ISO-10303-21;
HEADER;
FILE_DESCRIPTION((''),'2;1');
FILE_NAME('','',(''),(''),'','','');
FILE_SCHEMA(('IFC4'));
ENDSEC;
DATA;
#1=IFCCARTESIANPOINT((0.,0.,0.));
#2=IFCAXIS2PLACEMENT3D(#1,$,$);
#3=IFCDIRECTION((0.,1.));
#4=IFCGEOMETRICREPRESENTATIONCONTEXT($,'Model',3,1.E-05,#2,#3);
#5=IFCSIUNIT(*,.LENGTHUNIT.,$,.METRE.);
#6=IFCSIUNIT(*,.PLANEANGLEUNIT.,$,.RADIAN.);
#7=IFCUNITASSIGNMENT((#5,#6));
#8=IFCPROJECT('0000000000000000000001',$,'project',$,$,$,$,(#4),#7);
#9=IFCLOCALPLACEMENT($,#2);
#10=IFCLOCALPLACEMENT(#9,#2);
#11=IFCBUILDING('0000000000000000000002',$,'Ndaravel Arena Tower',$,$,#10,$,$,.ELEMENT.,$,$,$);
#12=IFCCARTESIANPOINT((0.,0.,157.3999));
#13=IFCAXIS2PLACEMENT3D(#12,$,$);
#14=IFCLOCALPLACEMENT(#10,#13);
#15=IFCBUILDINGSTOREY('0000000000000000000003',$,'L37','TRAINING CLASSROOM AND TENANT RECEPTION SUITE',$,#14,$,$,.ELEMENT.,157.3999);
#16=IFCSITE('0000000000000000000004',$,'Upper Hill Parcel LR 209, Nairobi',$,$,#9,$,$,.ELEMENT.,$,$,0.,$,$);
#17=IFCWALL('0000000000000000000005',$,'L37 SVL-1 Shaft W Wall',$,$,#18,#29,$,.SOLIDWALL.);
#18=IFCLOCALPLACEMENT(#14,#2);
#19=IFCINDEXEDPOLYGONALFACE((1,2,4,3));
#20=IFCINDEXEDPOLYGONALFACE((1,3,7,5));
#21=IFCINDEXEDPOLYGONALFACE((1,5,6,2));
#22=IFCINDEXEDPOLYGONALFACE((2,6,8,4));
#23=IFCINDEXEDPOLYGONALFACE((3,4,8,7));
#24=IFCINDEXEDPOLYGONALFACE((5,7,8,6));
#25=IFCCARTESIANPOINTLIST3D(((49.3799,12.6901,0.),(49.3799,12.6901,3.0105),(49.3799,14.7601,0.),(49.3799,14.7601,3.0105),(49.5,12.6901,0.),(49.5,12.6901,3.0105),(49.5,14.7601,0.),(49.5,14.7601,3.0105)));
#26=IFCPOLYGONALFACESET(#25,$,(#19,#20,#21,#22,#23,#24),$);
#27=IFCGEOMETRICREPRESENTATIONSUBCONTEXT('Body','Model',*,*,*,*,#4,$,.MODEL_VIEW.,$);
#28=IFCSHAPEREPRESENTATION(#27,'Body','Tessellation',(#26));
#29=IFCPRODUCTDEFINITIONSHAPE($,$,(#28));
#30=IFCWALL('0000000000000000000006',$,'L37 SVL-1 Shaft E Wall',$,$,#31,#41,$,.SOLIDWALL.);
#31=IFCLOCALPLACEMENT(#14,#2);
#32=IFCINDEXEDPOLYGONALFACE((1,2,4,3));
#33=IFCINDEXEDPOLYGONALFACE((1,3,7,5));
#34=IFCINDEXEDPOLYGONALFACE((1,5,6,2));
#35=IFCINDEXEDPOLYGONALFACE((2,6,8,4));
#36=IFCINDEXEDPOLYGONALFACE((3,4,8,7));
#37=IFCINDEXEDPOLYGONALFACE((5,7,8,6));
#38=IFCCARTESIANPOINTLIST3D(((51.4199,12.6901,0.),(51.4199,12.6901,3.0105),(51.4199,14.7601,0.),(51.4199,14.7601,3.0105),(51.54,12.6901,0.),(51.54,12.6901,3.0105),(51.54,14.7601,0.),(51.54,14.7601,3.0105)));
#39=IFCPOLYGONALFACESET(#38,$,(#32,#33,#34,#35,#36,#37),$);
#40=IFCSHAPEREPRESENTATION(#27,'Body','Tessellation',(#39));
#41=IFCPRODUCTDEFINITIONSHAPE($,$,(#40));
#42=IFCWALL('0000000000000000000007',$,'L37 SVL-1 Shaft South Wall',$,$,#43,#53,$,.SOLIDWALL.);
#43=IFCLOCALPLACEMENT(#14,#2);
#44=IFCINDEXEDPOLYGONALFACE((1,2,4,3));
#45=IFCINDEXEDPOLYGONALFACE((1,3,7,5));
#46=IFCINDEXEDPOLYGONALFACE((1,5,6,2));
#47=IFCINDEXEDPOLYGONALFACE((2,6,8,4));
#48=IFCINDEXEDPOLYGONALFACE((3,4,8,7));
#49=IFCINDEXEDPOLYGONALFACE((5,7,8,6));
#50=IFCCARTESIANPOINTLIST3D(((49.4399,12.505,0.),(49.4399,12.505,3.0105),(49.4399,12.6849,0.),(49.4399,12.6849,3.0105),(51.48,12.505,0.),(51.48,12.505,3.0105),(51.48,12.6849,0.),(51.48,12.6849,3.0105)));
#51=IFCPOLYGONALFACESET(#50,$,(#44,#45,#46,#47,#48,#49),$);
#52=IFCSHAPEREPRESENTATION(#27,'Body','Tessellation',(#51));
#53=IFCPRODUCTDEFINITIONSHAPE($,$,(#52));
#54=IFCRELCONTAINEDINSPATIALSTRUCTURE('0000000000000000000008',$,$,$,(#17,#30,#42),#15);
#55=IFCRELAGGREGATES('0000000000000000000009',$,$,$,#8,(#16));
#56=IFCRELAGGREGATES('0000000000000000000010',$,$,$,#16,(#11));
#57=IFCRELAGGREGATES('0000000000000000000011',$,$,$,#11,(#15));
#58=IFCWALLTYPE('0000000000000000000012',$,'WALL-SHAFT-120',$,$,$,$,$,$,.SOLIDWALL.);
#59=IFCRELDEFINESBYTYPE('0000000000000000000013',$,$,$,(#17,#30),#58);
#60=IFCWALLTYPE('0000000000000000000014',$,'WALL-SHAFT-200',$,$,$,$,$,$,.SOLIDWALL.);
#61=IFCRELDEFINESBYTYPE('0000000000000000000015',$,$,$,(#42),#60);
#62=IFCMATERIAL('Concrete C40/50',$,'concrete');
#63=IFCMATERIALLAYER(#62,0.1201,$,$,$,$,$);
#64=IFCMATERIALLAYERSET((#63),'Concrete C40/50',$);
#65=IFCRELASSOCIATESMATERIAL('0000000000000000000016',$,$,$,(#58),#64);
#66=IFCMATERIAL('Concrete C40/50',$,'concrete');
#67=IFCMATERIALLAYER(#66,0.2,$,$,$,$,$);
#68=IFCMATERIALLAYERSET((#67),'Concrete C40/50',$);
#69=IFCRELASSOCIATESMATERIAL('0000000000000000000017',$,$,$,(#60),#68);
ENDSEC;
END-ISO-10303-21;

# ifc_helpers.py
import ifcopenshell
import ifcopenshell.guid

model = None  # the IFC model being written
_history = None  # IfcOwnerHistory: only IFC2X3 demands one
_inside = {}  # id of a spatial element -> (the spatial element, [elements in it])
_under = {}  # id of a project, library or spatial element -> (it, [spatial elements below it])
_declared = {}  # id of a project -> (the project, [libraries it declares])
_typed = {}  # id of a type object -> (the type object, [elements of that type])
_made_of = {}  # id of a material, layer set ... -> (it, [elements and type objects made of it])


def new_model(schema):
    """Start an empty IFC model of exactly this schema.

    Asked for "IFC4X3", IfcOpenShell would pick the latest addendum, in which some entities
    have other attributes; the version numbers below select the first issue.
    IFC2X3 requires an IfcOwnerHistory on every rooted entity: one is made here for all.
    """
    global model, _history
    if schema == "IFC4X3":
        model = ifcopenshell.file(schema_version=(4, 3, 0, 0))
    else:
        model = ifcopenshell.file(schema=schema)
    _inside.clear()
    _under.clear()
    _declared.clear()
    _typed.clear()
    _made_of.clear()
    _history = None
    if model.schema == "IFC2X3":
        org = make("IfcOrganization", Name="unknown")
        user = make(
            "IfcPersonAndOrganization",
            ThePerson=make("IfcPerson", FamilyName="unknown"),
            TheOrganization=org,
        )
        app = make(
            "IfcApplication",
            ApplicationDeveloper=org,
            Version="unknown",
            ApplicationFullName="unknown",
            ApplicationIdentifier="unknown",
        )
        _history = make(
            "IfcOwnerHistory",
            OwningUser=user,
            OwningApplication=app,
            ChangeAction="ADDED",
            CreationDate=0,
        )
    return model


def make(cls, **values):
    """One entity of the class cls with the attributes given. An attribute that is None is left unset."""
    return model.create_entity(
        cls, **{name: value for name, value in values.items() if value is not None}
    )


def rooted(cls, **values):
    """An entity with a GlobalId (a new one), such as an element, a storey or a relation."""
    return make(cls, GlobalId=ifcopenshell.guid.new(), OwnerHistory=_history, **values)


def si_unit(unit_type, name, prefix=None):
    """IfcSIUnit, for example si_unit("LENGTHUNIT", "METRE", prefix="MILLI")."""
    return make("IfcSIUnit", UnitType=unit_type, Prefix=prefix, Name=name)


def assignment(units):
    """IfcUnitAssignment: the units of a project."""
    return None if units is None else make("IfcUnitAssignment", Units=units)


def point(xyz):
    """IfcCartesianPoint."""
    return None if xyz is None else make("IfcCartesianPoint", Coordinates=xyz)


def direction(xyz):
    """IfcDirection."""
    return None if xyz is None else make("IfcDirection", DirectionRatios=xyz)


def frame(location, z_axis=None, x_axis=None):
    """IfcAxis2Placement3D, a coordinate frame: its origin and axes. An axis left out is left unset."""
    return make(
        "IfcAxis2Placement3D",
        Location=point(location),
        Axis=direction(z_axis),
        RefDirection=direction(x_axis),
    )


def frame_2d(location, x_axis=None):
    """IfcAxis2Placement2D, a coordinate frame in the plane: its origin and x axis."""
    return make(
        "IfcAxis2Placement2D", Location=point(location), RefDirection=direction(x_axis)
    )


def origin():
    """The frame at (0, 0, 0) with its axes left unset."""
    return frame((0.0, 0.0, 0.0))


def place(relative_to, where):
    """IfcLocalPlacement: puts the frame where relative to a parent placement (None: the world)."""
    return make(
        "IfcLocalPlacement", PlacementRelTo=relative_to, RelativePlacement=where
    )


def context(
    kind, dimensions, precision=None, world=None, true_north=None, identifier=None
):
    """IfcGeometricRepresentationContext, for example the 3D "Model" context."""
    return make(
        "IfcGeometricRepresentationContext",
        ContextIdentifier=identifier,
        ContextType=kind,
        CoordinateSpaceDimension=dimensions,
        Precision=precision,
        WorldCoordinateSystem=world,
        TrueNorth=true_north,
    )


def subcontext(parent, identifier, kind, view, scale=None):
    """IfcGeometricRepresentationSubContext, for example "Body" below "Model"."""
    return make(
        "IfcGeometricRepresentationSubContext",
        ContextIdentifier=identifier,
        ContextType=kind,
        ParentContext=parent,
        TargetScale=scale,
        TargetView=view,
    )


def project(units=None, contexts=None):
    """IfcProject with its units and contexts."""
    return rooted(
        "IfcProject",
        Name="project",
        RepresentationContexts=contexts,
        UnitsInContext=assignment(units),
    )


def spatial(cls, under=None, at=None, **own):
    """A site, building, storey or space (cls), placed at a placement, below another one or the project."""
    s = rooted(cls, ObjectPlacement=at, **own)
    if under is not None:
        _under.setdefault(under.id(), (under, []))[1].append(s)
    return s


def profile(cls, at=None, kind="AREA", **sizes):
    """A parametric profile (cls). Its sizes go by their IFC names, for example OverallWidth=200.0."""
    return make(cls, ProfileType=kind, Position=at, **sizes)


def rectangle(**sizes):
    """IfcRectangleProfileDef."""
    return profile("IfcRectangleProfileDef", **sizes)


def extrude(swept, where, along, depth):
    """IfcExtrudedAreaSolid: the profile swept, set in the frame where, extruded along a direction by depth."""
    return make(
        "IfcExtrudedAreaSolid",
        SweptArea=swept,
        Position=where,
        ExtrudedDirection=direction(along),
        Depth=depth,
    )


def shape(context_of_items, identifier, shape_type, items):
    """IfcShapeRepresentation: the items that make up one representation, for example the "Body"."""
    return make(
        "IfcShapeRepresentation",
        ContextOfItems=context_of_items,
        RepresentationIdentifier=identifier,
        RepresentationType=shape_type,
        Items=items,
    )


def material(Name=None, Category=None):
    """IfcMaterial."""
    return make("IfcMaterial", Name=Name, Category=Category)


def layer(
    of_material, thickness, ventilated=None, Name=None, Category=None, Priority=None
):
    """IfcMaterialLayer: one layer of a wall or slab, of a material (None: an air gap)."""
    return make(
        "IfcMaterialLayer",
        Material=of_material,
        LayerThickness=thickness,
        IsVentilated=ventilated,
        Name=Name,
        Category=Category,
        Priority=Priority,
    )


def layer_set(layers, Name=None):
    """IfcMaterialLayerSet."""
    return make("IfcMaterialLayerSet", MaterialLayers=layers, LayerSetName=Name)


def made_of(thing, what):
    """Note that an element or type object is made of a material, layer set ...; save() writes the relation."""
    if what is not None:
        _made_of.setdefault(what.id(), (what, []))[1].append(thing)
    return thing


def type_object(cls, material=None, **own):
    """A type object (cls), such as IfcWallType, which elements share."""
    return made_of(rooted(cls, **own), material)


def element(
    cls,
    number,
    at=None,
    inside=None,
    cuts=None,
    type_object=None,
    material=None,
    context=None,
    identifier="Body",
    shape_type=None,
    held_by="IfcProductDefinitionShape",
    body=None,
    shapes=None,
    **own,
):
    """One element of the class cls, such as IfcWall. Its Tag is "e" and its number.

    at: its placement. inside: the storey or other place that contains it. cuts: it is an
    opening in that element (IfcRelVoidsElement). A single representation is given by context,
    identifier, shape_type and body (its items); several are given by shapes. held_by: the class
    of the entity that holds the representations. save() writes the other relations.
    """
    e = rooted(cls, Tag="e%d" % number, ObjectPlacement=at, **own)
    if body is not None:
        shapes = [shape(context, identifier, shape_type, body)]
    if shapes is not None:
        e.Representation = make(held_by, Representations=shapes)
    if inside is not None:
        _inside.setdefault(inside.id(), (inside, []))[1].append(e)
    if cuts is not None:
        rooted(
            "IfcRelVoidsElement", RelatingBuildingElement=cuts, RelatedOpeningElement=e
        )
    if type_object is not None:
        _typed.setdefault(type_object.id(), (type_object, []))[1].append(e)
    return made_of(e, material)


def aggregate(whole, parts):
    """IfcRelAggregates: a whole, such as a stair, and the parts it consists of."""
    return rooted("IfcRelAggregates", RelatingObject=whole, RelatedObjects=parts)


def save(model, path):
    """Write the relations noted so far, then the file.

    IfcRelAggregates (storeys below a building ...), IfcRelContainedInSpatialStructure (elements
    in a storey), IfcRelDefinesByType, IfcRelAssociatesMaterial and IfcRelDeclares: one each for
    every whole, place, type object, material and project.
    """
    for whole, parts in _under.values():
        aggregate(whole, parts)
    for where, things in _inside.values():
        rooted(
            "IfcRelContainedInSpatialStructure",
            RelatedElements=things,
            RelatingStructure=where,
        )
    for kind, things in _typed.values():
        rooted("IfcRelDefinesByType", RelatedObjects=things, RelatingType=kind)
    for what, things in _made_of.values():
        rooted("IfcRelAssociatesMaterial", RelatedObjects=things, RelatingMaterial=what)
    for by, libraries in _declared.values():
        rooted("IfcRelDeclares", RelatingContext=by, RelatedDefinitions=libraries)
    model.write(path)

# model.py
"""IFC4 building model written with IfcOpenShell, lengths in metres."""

from ifc_helpers import new_model, si_unit, direction, frame, frame_2d, origin, place, context, subcontext, project, spatial, rectangle, extrude, material, layer, layer_set, type_object, element, save


model = new_model("IFC4")

# Units and contexts
model_context = context("Model", 3, precision=1e-05, world=origin(), true_north=direction((0.0, 1.0)))
body_context = subcontext(model_context, "Body", "Model", "MODEL_VIEW")
ifc_project = project(units=[si_unit("LENGTHUNIT", "METRE"), si_unit("PLANEANGLEUNIT", "RADIAN")], contexts=[model_context])

# Site, building, storey
site_placement = place(None, origin())
site = spatial("IfcSite", under=ifc_project, at=site_placement, Name="Upper Hill Parcel LR 209, Nairobi", CompositionType="ELEMENT", RefElevation=0.0)
building_placement = place(site_placement, origin())
building = spatial("IfcBuilding", under=site, at=building_placement, Name="Ndaravel Arena Tower", CompositionType="ELEMENT")
storey_placement = place(building_placement, frame((0.0, 0.0, 157.3999)))
storey = spatial("IfcBuildingStorey", under=building, at=storey_placement, Name="L37", Description="TRAINING CLASSROOM AND TENANT RECEPTION SUITE", CompositionType="ELEMENT", Elevation=157.3999)

# Walls
ifc_material_1 = material(Name="Concrete C40/50", Category="concrete")
ifc_layer_1 = layer(ifc_material_1, 0.1201)
ifc_layer_set_1 = layer_set([ifc_layer_1], Name="Concrete C40/50")
wall_type_1 = type_object("IfcWallType", Name="WALL-SHAFT-120", PredefinedType="SOLIDWALL", material=ifc_layer_set_1)
for number, where, z_axis, x_axis, name in (
    (1, (49.4399, 12.6899, 0.0), (0.0, 0.0, 1.0), (0.0, 1.0, 0.0), "L37 SVL-1 Shaft W Wall"),
    (2, (51.48, 12.6899, 0.0), (0.0, 0.0, 1.0), (0.0, 1.0, 0.0), "L37 SVL-1 Shaft E Wall"),
):
    element("IfcWall", number, at=place(storey_placement, frame(where, z_axis=z_axis, x_axis=x_axis)), inside=storey, type_object=wall_type_1, Name=name, PredefinedType="SOLIDWALL", context=body_context, shape_type="SweptSolid", body=[
        extrude(rectangle(XDim=2.0701, YDim=0.1201, at=frame_2d((1.0352, 0.0))), origin(), (0.0, 0.0, 1.0), 3.0105),
    ])

# Shared definitions
ifc_material_2 = material(Name="Concrete C40/50", Category="concrete")
ifc_layer_2 = layer(ifc_material_2, 0.2)
ifc_layer_set_2 = layer_set([ifc_layer_2], Name="Concrete C40/50")
wall_type_2 = type_object("IfcWallType", Name="WALL-SHAFT-200", PredefinedType="SOLIDWALL", material=ifc_layer_set_2)

# Wall
wall_1_placement = place(storey_placement, frame((49.4399, 12.595, 0.0), z_axis=(0.0, 0.0, 1.0), x_axis=(1.0, 0.0, 0.0)))
element("IfcWall", 3, at=wall_1_placement, inside=storey, type_object=wall_type_2, Name="L37 SVL-1 Shaft South Wall", PredefinedType="SOLIDWALL", context=body_context, shape_type="SweptSolid", body=[
    extrude(rectangle(XDim=2.04, YDim=0.1799, at=frame_2d((1.02, 0.0))), origin(), (0.0, 0.0, 1.0), 3.0105),
])

save(model, "model.ifc")
